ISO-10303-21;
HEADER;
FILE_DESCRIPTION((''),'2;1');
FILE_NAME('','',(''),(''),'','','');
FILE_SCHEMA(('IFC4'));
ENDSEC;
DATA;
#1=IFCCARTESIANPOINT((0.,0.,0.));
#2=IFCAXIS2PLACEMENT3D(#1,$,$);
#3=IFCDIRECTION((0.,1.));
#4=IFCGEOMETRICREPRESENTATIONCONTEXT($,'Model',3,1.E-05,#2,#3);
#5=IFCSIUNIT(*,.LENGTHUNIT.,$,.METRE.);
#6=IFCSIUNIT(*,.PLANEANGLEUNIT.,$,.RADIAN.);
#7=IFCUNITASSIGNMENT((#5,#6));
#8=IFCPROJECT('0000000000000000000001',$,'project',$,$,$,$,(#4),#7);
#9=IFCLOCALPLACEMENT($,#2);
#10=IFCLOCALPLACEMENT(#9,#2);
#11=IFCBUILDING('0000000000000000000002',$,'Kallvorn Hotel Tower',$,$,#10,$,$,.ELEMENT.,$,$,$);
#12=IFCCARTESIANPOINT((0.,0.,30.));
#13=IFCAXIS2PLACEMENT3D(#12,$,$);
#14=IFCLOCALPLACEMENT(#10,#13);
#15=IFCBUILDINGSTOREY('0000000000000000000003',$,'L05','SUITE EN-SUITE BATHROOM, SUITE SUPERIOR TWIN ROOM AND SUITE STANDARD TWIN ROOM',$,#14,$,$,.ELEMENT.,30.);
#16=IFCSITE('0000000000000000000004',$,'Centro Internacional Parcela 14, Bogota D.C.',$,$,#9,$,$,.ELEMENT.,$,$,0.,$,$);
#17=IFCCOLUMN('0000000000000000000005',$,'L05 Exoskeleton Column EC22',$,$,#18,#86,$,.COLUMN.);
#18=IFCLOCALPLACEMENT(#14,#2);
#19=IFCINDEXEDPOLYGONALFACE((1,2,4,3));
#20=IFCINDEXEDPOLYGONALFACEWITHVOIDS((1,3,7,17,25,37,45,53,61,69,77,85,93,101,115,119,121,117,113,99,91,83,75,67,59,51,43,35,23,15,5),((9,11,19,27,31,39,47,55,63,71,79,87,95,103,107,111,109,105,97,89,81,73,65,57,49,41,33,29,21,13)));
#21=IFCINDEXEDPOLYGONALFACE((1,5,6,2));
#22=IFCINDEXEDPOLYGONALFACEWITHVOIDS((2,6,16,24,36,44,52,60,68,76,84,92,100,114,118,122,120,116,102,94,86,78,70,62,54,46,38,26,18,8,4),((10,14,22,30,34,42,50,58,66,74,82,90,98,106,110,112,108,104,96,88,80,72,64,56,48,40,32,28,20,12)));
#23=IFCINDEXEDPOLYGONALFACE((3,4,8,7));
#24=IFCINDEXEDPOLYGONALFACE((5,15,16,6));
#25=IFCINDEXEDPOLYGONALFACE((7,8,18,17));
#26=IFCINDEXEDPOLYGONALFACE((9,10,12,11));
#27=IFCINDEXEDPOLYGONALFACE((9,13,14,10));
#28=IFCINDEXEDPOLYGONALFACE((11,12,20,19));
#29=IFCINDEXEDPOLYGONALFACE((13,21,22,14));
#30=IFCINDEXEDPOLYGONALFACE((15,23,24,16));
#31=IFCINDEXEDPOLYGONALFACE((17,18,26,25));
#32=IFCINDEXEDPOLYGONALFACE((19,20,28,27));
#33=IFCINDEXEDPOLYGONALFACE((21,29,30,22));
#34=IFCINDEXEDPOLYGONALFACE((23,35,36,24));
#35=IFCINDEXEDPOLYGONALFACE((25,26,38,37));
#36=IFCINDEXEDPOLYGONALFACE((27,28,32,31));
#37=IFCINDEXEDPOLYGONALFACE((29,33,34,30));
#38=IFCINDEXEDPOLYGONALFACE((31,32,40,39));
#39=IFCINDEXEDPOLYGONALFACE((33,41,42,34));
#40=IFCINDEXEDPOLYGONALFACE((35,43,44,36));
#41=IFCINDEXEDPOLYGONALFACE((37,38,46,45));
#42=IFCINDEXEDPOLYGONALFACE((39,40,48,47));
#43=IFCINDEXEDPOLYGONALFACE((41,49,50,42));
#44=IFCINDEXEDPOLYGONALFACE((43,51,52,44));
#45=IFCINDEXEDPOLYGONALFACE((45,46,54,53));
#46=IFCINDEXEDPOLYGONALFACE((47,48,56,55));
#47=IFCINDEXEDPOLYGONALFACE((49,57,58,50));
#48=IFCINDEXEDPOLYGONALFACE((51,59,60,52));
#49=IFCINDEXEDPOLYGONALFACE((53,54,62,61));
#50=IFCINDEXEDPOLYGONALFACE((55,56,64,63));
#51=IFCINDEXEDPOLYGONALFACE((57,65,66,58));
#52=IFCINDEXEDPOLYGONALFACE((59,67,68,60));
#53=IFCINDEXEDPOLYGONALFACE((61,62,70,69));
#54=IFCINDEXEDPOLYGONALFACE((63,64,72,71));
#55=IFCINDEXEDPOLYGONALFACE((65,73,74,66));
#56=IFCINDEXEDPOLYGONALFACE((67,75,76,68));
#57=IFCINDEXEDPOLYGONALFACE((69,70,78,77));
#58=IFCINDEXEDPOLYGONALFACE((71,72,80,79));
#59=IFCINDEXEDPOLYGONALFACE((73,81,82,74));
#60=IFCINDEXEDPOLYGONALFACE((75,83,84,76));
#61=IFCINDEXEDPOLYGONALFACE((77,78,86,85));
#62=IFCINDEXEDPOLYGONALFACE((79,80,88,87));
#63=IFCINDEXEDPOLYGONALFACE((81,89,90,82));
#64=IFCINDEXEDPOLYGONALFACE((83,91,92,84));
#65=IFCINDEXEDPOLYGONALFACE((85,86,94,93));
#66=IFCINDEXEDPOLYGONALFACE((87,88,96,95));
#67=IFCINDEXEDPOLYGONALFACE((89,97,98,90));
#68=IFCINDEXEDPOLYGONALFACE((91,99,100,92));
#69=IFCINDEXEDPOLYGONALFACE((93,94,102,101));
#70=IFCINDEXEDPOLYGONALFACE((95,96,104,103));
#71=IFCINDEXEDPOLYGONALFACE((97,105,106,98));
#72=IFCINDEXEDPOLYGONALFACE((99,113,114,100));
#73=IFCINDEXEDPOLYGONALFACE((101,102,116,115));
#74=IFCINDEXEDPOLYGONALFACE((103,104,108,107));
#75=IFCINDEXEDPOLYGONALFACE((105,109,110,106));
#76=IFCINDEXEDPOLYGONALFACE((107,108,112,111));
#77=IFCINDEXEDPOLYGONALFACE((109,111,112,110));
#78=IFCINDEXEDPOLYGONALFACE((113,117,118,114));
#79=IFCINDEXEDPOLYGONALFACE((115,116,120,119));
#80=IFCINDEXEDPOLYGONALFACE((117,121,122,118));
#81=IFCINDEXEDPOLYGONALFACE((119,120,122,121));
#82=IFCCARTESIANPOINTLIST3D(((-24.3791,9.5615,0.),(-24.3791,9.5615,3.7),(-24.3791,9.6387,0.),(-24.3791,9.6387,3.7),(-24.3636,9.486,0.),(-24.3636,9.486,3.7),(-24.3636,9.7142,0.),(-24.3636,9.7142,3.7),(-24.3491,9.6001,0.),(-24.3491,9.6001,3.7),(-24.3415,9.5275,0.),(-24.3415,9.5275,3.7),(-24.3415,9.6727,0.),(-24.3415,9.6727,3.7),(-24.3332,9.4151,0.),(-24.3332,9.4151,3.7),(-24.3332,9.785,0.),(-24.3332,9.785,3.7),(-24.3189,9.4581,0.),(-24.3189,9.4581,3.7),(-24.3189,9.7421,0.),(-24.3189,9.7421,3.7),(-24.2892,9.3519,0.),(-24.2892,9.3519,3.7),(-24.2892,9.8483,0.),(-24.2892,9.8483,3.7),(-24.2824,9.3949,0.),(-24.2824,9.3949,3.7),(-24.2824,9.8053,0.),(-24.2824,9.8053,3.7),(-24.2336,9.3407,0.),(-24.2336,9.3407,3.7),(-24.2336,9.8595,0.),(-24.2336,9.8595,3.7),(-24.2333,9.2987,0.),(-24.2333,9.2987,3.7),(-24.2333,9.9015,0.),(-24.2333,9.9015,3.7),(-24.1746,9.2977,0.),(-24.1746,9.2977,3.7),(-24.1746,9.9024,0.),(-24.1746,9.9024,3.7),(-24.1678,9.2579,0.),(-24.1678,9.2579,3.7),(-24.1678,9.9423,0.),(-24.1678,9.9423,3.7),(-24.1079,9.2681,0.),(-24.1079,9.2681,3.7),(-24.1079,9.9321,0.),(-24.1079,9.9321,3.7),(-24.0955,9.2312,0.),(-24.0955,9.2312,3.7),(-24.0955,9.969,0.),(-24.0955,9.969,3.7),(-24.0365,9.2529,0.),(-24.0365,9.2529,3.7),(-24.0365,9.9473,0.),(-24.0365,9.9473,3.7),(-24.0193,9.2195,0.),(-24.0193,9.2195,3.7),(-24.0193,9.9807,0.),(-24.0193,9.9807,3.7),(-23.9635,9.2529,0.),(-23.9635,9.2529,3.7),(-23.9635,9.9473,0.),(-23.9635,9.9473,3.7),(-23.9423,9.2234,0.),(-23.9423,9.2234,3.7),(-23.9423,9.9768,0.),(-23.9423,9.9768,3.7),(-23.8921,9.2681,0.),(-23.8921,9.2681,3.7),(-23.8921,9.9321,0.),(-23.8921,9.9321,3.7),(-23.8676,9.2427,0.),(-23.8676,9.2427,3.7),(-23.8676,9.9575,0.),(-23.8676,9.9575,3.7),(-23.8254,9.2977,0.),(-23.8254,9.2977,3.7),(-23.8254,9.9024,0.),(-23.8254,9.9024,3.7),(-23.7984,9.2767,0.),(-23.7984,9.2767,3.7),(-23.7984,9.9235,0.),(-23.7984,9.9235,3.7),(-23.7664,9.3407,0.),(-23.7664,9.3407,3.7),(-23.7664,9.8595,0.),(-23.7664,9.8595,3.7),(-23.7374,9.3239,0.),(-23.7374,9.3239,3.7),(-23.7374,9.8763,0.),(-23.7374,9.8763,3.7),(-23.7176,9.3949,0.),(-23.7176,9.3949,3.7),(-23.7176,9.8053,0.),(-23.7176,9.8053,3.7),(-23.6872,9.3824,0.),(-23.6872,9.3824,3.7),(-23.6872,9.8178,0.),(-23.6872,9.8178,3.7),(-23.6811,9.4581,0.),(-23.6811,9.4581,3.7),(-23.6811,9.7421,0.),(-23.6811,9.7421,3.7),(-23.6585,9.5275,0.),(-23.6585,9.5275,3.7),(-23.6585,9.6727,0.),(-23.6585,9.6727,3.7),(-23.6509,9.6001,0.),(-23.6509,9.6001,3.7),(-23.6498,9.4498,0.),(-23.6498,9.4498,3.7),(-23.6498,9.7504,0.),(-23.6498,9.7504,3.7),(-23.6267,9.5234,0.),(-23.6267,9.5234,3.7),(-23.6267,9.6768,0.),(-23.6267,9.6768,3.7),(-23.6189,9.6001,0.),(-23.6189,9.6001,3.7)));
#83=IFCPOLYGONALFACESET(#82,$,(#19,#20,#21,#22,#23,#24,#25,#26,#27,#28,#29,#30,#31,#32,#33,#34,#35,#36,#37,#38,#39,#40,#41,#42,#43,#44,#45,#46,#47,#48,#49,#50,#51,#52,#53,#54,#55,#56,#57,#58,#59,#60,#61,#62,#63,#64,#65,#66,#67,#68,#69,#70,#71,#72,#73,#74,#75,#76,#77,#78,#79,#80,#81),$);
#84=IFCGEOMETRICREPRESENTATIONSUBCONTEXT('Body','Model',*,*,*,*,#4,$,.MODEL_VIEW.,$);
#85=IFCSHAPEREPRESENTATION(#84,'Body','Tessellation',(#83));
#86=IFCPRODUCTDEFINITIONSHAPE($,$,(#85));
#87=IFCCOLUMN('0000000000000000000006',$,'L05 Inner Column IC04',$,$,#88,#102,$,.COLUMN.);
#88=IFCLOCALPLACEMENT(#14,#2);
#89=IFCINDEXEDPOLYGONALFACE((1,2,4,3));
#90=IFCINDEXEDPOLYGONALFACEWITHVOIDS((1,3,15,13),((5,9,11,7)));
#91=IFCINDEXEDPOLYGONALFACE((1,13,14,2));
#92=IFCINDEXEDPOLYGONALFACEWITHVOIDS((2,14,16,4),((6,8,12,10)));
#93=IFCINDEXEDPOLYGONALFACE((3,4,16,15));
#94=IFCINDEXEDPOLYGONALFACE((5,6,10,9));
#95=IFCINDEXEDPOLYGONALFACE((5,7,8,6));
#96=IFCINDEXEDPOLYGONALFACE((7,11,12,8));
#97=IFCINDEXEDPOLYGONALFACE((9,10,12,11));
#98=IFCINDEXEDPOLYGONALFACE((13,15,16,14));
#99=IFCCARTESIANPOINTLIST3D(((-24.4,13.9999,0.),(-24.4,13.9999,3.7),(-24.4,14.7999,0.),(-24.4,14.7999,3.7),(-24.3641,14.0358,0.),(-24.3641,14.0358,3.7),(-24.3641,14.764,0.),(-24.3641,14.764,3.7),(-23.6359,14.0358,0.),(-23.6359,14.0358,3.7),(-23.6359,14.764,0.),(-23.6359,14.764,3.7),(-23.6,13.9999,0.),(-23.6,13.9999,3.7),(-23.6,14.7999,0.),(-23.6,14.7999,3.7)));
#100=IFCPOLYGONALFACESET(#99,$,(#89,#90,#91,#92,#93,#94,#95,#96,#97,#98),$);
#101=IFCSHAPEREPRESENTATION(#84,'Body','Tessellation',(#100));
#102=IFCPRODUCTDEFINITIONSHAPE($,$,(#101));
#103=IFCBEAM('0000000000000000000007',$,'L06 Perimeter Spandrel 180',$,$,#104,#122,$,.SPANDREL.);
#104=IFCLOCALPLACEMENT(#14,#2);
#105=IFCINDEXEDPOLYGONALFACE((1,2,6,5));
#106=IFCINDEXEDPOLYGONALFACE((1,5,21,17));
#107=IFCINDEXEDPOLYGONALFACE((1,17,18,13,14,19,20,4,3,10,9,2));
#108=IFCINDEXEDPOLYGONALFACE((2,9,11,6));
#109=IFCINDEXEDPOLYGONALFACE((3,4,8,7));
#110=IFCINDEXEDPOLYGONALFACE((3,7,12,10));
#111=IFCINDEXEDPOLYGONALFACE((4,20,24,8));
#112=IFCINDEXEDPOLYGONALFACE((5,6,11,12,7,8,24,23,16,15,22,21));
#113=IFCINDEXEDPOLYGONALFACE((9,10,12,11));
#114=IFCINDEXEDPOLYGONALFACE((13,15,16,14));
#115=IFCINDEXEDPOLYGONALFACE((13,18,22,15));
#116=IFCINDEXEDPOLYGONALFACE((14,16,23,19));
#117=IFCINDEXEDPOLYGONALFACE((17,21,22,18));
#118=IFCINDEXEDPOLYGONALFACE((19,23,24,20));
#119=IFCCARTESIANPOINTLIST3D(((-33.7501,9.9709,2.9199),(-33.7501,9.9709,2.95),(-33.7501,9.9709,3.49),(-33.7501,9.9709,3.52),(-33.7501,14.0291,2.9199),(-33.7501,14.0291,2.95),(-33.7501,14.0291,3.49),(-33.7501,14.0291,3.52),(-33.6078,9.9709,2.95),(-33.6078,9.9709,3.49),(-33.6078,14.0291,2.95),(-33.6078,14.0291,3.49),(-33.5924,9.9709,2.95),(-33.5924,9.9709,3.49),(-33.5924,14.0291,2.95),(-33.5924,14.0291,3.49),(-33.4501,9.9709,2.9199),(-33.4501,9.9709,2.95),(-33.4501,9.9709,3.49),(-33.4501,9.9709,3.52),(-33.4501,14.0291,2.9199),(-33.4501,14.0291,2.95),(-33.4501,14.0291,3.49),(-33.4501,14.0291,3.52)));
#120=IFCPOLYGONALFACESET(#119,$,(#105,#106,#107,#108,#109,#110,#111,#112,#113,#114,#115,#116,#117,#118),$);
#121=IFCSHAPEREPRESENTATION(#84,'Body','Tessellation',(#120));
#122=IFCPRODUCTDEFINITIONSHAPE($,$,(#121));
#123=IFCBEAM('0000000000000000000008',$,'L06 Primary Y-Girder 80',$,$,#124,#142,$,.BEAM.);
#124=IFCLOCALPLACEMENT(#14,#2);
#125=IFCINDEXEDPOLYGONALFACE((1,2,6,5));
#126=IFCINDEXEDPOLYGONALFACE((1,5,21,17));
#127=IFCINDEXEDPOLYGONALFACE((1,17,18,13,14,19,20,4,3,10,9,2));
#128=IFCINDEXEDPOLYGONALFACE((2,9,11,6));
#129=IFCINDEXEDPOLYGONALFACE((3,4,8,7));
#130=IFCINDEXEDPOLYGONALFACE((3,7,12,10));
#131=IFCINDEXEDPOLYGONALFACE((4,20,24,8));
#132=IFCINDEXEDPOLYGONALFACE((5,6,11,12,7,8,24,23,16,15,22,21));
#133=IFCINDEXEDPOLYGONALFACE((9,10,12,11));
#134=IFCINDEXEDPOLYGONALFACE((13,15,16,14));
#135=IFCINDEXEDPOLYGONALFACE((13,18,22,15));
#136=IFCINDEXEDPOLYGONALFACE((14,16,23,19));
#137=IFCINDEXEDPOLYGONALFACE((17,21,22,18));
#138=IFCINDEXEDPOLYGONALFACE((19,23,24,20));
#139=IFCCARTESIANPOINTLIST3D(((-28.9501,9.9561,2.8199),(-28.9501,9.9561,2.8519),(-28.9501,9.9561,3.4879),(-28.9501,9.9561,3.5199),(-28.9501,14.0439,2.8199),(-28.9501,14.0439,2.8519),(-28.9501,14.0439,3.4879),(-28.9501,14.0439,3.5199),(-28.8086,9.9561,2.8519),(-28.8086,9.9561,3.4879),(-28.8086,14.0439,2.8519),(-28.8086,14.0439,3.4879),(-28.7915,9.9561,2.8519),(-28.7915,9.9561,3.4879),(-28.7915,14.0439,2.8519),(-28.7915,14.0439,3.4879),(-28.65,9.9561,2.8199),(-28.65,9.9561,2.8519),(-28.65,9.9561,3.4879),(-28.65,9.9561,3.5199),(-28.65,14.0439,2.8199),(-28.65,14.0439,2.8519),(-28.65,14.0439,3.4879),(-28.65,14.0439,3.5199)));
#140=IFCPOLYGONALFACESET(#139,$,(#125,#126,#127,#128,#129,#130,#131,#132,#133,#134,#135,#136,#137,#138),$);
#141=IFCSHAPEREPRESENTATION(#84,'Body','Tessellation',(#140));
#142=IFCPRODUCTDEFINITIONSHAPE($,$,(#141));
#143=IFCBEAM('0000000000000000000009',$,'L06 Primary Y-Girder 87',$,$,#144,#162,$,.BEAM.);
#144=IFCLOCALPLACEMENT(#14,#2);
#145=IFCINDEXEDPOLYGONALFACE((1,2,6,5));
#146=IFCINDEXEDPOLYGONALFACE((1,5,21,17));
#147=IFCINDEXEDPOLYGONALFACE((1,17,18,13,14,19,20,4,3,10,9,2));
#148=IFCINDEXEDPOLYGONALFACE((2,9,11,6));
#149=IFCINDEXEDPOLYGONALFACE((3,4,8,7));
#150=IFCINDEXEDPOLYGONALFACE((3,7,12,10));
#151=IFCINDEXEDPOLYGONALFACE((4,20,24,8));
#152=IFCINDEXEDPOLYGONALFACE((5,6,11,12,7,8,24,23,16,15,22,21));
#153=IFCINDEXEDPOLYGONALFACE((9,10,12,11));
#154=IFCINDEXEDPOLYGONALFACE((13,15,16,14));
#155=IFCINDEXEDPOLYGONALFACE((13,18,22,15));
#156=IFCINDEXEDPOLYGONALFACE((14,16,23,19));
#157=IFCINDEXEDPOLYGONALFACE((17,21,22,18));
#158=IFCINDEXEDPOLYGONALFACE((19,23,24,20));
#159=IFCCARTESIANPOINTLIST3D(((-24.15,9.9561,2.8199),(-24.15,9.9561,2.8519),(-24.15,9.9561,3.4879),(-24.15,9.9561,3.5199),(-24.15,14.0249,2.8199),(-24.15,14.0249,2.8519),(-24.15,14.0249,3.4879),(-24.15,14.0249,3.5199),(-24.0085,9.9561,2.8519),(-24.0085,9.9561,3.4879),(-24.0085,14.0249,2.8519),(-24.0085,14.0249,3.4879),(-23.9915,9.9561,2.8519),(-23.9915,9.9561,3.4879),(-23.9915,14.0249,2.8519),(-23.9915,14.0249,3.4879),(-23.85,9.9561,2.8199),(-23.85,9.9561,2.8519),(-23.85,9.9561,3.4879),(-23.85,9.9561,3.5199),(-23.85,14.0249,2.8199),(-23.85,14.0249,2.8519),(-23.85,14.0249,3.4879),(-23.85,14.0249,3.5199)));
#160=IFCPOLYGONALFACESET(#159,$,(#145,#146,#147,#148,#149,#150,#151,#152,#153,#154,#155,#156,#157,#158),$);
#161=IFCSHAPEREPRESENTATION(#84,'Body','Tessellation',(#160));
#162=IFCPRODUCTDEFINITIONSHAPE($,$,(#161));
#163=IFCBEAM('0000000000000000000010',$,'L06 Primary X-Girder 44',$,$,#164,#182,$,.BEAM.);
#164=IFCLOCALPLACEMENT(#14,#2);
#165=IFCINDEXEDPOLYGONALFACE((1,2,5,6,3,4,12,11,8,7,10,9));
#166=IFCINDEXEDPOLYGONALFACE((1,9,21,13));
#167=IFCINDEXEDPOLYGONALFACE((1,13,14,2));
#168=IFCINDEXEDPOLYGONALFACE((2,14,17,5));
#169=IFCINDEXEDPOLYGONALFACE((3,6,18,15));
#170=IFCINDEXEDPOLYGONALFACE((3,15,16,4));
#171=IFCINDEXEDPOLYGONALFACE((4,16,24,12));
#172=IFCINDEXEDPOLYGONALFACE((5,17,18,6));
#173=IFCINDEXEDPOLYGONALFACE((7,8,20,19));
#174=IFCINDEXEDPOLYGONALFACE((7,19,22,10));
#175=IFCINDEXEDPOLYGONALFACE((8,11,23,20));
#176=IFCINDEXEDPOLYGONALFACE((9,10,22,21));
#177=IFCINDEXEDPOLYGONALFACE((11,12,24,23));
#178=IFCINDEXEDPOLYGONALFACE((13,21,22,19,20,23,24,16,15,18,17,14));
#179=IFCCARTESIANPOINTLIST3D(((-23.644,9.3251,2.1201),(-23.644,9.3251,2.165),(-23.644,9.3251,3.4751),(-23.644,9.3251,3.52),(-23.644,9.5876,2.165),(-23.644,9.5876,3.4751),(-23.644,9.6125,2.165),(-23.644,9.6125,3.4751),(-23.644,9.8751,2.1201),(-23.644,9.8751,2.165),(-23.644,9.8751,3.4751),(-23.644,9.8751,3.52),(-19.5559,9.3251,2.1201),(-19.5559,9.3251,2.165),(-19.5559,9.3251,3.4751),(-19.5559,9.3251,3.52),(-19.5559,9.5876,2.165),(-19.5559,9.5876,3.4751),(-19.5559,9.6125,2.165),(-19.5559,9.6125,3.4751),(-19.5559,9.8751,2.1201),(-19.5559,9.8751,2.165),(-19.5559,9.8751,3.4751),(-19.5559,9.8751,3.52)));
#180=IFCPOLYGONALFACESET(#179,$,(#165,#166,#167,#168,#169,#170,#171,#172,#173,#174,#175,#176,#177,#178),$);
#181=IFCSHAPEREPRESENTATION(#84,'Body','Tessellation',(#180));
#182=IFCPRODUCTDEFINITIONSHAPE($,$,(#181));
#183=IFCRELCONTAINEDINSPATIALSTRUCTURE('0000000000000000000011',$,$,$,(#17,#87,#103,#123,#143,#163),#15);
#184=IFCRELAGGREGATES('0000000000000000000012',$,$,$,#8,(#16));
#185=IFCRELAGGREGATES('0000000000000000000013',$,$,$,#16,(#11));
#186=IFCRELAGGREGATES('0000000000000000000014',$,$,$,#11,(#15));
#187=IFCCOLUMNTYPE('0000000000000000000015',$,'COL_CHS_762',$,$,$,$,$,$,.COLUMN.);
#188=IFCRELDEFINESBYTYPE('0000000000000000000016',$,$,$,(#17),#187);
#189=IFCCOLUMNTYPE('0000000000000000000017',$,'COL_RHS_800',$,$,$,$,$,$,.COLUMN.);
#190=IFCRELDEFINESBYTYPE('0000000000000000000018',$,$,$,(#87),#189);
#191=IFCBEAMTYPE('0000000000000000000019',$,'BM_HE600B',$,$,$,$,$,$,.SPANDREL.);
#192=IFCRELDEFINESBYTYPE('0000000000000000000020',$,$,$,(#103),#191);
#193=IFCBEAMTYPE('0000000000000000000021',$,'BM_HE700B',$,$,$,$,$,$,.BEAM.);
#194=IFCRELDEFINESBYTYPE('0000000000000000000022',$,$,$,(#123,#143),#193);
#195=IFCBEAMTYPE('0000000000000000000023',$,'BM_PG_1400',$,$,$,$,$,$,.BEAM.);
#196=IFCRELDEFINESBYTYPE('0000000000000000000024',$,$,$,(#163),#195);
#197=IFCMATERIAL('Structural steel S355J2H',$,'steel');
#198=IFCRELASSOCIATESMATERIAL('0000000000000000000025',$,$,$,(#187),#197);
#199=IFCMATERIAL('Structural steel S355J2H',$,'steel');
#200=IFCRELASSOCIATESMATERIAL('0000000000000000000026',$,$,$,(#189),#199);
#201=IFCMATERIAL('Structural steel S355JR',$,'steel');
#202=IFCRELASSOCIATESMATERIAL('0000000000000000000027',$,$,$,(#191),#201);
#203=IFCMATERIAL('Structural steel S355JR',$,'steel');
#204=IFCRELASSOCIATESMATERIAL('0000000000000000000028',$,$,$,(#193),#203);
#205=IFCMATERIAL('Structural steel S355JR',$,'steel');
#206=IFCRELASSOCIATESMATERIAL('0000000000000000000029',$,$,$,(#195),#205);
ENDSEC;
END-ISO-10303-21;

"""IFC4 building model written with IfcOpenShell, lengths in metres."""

from ifc_helpers import new_model, si_unit, direction, frame, origin, origin_2d, place, context, subcontext, project, spatial, hollow_rectangle, hollow_circle, i_section, extrude, material, material_profile, profile_set, type_object, element, save


model = new_model("IFC4")

# Units and contexts
model_context = context("Model", 3, precision=1e-05, world=origin(), true_north=direction((0.0, 1.0)))
body_context = subcontext(model_context, "Body", "Model", "MODEL_VIEW")
ifc_project = project(units=[si_unit("LENGTHUNIT", "METRE"), si_unit("PLANEANGLEUNIT", "RADIAN")], contexts=[model_context])

# Site, building, storey
site_placement = place(None, origin())
site = spatial("IfcSite", under=ifc_project, at=site_placement, Name="Centro Internacional Parcela 14, Bogota D.C.", CompositionType="ELEMENT", RefElevation=0.0)
building_placement = place(site_placement, origin())
building = spatial("IfcBuilding", under=site, at=building_placement, Name="Kallvorn Hotel Tower", CompositionType="ELEMENT")
storey_placement = place(building_placement, frame((0.0, 0.0, 30.0)))
storey = spatial("IfcBuildingStorey", under=building, at=storey_placement, Name="L05", Description="SUITE EN-SUITE BATHROOM, SUITE SUPERIOR TWIN ROOM AND SUITE STANDARD TWIN ROOM", CompositionType="ELEMENT", Elevation=30.0)

# Columns
ifc_material_1 = material(Name="Structural steel S355J2H", Category="steel")
ifc_material_profile_1 = material_profile(ifc_material_1, hollow_circle(Radius=0.3811, WallThickness=0.032, at=origin_2d()), Name="CHS 762x32")
ifc_profile_set_1 = profile_set([ifc_material_profile_1], Name="Structural steel S355J2H")
column_type_1 = type_object("IfcColumnType", Name="COL_CHS_762", PredefinedType="COLUMN", material=ifc_profile_set_1)
for number, where, z_axis, x_axis, name in (
    (1, (-24.0, 9.6001, 0.0), (0.0, 0.0, 1.0), (1.0, 0.0, 0.0), "L05 Exoskeleton Column EC22"),
):
    element("IfcColumn", number, at=place(storey_placement, frame(where, z_axis=z_axis, x_axis=x_axis)), inside=storey, type_object=column_type_1, Name=name, PredefinedType="COLUMN", context=body_context, shape_type="SweptSolid", body=[
        extrude(hollow_circle(Radius=0.3811, WallThickness=0.032, at=origin_2d()), origin(), (0.0, 0.0, 1.0), 3.7),
    ])
ifc_material_2 = material(Name="Structural steel S355J2H", Category="steel")
ifc_material_profile_2 = material_profile(ifc_material_2, hollow_rectangle(XDim=0.8, YDim=0.8, WallThickness=0.0359, at=origin_2d()), Name="RHS 800x800x36")
ifc_profile_set_2 = profile_set([ifc_material_profile_2], Name="Structural steel S355J2H")
column_type_2 = type_object("IfcColumnType", Name="COL_RHS_800", PredefinedType="COLUMN", material=ifc_profile_set_2)
column_1_placement = place(storey_placement, frame((-24.0, 14.3999, 0.0), z_axis=(0.0, 0.0, 1.0), x_axis=(1.0, 0.0, 0.0)))
element("IfcColumn", 2, at=column_1_placement, inside=storey, type_object=column_type_2, Name="L05 Inner Column IC04", PredefinedType="COLUMN", context=body_context, shape_type="SweptSolid", body=[
    extrude(hollow_rectangle(XDim=0.8, YDim=0.8, WallThickness=0.0359, at=origin_2d()), origin(), (0.0, 0.0, 1.0), 3.7),
])

# Beams
ifc_material_3 = material(Name="Structural steel S355JR", Category="steel")
ifc_material_profile_3 = material_profile(ifc_material_3, i_section(OverallWidth=0.3, OverallDepth=0.6001, WebThickness=0.0154, FlangeThickness=0.03, at=origin_2d()), Name="HE 600 B")
ifc_profile_set_3 = profile_set([ifc_material_profile_3], Name="Structural steel S355JR")
beam_type_1 = type_object("IfcBeamType", Name="BM_HE600B", PredefinedType="SPANDREL", material=ifc_profile_set_3)
beam_1_placement = place(storey_placement, frame((-33.6001, 9.9709, 3.22), z_axis=(0.0, 1.0, 0.0), x_axis=(-1.0, 0.0, 0.0)))
element("IfcBeam", 3, at=beam_1_placement, inside=storey, type_object=beam_type_1, Name="L06 Perimeter Spandrel 180", PredefinedType="SPANDREL", context=body_context, shape_type="SweptSolid", body=[
    extrude(i_section(OverallWidth=0.3, OverallDepth=0.6001, WebThickness=0.0154, FlangeThickness=0.03, at=origin_2d()), origin(), (0.0, 0.0, 1.0), 4.0581),
])
ifc_material_4 = material(Name="Structural steel S355JR", Category="steel")
ifc_material_profile_4 = material_profile(ifc_material_4, i_section(OverallWidth=0.3, OverallDepth=0.7, WebThickness=0.0171, FlangeThickness=0.032, at=origin_2d()), Name="HE 700 B")
ifc_profile_set_4 = profile_set([ifc_material_profile_4], Name="Structural steel S355JR")
beam_type_2 = type_object("IfcBeamType", Name="BM_HE700B", PredefinedType="BEAM", material=ifc_profile_set_4)
beam_2_placement = place(storey_placement, frame((-28.8, 9.9561, 3.1699), z_axis=(0.0, 1.0, 0.0), x_axis=(-1.0, 0.0, 0.0)))
element("IfcBeam", 4, at=beam_2_placement, inside=storey, type_object=beam_type_2, Name="L06 Primary Y-Girder 80", PredefinedType="BEAM", context=body_context, shape_type="SweptSolid", body=[
    extrude(i_section(OverallWidth=0.3, OverallDepth=0.7, WebThickness=0.0171, FlangeThickness=0.032, at=origin_2d()), origin(), (0.0, 0.0, 1.0), 4.0879),
])
beam_3_placement = place(storey_placement, frame((-24.0, 9.9561, 3.1699), z_axis=(0.0, 1.0, 0.0), x_axis=(-1.0, 0.0, 0.0)))
element("IfcBeam", 5, at=beam_3_placement, inside=storey, type_object=beam_type_2, Name="L06 Primary Y-Girder 87", PredefinedType="BEAM", context=body_context, shape_type="SweptSolid", body=[
    extrude(i_section(OverallWidth=0.3, OverallDepth=0.7, WebThickness=0.0171, FlangeThickness=0.032, at=origin_2d()), origin(), (0.0, 0.0, 1.0), 4.0688),
])
ifc_material_5 = material(Name="Structural steel S355JR", Category="steel")
ifc_material_profile_5 = material_profile(ifc_material_5, i_section(OverallWidth=0.55, OverallDepth=1.3999, WebThickness=0.0249, FlangeThickness=0.0449, at=origin_2d()), Name="PG 1400x550x25x45")
ifc_profile_set_5 = profile_set([ifc_material_profile_5], Name="Structural steel S355JR")
beam_type_3 = type_object("IfcBeamType", Name="BM_PG_1400", PredefinedType="BEAM", material=ifc_profile_set_5)
beam_4_placement = place(storey_placement, frame((-23.644, 9.6001, 2.8201), z_axis=(1.0, 0.0, 0.0), x_axis=(0.0, 1.0, 0.0)))
element("IfcBeam", 6, at=beam_4_placement, inside=storey, type_object=beam_type_3, Name="L06 Primary X-Girder 44", PredefinedType="BEAM", context=body_context, shape_type="SweptSolid", body=[
    extrude(i_section(OverallWidth=0.55, OverallDepth=1.3999, WebThickness=0.0249, FlangeThickness=0.0449, at=origin_2d()), origin(), (0.0, 0.0, 1.0), 4.0881),
])

save(model, "model.ifc")
